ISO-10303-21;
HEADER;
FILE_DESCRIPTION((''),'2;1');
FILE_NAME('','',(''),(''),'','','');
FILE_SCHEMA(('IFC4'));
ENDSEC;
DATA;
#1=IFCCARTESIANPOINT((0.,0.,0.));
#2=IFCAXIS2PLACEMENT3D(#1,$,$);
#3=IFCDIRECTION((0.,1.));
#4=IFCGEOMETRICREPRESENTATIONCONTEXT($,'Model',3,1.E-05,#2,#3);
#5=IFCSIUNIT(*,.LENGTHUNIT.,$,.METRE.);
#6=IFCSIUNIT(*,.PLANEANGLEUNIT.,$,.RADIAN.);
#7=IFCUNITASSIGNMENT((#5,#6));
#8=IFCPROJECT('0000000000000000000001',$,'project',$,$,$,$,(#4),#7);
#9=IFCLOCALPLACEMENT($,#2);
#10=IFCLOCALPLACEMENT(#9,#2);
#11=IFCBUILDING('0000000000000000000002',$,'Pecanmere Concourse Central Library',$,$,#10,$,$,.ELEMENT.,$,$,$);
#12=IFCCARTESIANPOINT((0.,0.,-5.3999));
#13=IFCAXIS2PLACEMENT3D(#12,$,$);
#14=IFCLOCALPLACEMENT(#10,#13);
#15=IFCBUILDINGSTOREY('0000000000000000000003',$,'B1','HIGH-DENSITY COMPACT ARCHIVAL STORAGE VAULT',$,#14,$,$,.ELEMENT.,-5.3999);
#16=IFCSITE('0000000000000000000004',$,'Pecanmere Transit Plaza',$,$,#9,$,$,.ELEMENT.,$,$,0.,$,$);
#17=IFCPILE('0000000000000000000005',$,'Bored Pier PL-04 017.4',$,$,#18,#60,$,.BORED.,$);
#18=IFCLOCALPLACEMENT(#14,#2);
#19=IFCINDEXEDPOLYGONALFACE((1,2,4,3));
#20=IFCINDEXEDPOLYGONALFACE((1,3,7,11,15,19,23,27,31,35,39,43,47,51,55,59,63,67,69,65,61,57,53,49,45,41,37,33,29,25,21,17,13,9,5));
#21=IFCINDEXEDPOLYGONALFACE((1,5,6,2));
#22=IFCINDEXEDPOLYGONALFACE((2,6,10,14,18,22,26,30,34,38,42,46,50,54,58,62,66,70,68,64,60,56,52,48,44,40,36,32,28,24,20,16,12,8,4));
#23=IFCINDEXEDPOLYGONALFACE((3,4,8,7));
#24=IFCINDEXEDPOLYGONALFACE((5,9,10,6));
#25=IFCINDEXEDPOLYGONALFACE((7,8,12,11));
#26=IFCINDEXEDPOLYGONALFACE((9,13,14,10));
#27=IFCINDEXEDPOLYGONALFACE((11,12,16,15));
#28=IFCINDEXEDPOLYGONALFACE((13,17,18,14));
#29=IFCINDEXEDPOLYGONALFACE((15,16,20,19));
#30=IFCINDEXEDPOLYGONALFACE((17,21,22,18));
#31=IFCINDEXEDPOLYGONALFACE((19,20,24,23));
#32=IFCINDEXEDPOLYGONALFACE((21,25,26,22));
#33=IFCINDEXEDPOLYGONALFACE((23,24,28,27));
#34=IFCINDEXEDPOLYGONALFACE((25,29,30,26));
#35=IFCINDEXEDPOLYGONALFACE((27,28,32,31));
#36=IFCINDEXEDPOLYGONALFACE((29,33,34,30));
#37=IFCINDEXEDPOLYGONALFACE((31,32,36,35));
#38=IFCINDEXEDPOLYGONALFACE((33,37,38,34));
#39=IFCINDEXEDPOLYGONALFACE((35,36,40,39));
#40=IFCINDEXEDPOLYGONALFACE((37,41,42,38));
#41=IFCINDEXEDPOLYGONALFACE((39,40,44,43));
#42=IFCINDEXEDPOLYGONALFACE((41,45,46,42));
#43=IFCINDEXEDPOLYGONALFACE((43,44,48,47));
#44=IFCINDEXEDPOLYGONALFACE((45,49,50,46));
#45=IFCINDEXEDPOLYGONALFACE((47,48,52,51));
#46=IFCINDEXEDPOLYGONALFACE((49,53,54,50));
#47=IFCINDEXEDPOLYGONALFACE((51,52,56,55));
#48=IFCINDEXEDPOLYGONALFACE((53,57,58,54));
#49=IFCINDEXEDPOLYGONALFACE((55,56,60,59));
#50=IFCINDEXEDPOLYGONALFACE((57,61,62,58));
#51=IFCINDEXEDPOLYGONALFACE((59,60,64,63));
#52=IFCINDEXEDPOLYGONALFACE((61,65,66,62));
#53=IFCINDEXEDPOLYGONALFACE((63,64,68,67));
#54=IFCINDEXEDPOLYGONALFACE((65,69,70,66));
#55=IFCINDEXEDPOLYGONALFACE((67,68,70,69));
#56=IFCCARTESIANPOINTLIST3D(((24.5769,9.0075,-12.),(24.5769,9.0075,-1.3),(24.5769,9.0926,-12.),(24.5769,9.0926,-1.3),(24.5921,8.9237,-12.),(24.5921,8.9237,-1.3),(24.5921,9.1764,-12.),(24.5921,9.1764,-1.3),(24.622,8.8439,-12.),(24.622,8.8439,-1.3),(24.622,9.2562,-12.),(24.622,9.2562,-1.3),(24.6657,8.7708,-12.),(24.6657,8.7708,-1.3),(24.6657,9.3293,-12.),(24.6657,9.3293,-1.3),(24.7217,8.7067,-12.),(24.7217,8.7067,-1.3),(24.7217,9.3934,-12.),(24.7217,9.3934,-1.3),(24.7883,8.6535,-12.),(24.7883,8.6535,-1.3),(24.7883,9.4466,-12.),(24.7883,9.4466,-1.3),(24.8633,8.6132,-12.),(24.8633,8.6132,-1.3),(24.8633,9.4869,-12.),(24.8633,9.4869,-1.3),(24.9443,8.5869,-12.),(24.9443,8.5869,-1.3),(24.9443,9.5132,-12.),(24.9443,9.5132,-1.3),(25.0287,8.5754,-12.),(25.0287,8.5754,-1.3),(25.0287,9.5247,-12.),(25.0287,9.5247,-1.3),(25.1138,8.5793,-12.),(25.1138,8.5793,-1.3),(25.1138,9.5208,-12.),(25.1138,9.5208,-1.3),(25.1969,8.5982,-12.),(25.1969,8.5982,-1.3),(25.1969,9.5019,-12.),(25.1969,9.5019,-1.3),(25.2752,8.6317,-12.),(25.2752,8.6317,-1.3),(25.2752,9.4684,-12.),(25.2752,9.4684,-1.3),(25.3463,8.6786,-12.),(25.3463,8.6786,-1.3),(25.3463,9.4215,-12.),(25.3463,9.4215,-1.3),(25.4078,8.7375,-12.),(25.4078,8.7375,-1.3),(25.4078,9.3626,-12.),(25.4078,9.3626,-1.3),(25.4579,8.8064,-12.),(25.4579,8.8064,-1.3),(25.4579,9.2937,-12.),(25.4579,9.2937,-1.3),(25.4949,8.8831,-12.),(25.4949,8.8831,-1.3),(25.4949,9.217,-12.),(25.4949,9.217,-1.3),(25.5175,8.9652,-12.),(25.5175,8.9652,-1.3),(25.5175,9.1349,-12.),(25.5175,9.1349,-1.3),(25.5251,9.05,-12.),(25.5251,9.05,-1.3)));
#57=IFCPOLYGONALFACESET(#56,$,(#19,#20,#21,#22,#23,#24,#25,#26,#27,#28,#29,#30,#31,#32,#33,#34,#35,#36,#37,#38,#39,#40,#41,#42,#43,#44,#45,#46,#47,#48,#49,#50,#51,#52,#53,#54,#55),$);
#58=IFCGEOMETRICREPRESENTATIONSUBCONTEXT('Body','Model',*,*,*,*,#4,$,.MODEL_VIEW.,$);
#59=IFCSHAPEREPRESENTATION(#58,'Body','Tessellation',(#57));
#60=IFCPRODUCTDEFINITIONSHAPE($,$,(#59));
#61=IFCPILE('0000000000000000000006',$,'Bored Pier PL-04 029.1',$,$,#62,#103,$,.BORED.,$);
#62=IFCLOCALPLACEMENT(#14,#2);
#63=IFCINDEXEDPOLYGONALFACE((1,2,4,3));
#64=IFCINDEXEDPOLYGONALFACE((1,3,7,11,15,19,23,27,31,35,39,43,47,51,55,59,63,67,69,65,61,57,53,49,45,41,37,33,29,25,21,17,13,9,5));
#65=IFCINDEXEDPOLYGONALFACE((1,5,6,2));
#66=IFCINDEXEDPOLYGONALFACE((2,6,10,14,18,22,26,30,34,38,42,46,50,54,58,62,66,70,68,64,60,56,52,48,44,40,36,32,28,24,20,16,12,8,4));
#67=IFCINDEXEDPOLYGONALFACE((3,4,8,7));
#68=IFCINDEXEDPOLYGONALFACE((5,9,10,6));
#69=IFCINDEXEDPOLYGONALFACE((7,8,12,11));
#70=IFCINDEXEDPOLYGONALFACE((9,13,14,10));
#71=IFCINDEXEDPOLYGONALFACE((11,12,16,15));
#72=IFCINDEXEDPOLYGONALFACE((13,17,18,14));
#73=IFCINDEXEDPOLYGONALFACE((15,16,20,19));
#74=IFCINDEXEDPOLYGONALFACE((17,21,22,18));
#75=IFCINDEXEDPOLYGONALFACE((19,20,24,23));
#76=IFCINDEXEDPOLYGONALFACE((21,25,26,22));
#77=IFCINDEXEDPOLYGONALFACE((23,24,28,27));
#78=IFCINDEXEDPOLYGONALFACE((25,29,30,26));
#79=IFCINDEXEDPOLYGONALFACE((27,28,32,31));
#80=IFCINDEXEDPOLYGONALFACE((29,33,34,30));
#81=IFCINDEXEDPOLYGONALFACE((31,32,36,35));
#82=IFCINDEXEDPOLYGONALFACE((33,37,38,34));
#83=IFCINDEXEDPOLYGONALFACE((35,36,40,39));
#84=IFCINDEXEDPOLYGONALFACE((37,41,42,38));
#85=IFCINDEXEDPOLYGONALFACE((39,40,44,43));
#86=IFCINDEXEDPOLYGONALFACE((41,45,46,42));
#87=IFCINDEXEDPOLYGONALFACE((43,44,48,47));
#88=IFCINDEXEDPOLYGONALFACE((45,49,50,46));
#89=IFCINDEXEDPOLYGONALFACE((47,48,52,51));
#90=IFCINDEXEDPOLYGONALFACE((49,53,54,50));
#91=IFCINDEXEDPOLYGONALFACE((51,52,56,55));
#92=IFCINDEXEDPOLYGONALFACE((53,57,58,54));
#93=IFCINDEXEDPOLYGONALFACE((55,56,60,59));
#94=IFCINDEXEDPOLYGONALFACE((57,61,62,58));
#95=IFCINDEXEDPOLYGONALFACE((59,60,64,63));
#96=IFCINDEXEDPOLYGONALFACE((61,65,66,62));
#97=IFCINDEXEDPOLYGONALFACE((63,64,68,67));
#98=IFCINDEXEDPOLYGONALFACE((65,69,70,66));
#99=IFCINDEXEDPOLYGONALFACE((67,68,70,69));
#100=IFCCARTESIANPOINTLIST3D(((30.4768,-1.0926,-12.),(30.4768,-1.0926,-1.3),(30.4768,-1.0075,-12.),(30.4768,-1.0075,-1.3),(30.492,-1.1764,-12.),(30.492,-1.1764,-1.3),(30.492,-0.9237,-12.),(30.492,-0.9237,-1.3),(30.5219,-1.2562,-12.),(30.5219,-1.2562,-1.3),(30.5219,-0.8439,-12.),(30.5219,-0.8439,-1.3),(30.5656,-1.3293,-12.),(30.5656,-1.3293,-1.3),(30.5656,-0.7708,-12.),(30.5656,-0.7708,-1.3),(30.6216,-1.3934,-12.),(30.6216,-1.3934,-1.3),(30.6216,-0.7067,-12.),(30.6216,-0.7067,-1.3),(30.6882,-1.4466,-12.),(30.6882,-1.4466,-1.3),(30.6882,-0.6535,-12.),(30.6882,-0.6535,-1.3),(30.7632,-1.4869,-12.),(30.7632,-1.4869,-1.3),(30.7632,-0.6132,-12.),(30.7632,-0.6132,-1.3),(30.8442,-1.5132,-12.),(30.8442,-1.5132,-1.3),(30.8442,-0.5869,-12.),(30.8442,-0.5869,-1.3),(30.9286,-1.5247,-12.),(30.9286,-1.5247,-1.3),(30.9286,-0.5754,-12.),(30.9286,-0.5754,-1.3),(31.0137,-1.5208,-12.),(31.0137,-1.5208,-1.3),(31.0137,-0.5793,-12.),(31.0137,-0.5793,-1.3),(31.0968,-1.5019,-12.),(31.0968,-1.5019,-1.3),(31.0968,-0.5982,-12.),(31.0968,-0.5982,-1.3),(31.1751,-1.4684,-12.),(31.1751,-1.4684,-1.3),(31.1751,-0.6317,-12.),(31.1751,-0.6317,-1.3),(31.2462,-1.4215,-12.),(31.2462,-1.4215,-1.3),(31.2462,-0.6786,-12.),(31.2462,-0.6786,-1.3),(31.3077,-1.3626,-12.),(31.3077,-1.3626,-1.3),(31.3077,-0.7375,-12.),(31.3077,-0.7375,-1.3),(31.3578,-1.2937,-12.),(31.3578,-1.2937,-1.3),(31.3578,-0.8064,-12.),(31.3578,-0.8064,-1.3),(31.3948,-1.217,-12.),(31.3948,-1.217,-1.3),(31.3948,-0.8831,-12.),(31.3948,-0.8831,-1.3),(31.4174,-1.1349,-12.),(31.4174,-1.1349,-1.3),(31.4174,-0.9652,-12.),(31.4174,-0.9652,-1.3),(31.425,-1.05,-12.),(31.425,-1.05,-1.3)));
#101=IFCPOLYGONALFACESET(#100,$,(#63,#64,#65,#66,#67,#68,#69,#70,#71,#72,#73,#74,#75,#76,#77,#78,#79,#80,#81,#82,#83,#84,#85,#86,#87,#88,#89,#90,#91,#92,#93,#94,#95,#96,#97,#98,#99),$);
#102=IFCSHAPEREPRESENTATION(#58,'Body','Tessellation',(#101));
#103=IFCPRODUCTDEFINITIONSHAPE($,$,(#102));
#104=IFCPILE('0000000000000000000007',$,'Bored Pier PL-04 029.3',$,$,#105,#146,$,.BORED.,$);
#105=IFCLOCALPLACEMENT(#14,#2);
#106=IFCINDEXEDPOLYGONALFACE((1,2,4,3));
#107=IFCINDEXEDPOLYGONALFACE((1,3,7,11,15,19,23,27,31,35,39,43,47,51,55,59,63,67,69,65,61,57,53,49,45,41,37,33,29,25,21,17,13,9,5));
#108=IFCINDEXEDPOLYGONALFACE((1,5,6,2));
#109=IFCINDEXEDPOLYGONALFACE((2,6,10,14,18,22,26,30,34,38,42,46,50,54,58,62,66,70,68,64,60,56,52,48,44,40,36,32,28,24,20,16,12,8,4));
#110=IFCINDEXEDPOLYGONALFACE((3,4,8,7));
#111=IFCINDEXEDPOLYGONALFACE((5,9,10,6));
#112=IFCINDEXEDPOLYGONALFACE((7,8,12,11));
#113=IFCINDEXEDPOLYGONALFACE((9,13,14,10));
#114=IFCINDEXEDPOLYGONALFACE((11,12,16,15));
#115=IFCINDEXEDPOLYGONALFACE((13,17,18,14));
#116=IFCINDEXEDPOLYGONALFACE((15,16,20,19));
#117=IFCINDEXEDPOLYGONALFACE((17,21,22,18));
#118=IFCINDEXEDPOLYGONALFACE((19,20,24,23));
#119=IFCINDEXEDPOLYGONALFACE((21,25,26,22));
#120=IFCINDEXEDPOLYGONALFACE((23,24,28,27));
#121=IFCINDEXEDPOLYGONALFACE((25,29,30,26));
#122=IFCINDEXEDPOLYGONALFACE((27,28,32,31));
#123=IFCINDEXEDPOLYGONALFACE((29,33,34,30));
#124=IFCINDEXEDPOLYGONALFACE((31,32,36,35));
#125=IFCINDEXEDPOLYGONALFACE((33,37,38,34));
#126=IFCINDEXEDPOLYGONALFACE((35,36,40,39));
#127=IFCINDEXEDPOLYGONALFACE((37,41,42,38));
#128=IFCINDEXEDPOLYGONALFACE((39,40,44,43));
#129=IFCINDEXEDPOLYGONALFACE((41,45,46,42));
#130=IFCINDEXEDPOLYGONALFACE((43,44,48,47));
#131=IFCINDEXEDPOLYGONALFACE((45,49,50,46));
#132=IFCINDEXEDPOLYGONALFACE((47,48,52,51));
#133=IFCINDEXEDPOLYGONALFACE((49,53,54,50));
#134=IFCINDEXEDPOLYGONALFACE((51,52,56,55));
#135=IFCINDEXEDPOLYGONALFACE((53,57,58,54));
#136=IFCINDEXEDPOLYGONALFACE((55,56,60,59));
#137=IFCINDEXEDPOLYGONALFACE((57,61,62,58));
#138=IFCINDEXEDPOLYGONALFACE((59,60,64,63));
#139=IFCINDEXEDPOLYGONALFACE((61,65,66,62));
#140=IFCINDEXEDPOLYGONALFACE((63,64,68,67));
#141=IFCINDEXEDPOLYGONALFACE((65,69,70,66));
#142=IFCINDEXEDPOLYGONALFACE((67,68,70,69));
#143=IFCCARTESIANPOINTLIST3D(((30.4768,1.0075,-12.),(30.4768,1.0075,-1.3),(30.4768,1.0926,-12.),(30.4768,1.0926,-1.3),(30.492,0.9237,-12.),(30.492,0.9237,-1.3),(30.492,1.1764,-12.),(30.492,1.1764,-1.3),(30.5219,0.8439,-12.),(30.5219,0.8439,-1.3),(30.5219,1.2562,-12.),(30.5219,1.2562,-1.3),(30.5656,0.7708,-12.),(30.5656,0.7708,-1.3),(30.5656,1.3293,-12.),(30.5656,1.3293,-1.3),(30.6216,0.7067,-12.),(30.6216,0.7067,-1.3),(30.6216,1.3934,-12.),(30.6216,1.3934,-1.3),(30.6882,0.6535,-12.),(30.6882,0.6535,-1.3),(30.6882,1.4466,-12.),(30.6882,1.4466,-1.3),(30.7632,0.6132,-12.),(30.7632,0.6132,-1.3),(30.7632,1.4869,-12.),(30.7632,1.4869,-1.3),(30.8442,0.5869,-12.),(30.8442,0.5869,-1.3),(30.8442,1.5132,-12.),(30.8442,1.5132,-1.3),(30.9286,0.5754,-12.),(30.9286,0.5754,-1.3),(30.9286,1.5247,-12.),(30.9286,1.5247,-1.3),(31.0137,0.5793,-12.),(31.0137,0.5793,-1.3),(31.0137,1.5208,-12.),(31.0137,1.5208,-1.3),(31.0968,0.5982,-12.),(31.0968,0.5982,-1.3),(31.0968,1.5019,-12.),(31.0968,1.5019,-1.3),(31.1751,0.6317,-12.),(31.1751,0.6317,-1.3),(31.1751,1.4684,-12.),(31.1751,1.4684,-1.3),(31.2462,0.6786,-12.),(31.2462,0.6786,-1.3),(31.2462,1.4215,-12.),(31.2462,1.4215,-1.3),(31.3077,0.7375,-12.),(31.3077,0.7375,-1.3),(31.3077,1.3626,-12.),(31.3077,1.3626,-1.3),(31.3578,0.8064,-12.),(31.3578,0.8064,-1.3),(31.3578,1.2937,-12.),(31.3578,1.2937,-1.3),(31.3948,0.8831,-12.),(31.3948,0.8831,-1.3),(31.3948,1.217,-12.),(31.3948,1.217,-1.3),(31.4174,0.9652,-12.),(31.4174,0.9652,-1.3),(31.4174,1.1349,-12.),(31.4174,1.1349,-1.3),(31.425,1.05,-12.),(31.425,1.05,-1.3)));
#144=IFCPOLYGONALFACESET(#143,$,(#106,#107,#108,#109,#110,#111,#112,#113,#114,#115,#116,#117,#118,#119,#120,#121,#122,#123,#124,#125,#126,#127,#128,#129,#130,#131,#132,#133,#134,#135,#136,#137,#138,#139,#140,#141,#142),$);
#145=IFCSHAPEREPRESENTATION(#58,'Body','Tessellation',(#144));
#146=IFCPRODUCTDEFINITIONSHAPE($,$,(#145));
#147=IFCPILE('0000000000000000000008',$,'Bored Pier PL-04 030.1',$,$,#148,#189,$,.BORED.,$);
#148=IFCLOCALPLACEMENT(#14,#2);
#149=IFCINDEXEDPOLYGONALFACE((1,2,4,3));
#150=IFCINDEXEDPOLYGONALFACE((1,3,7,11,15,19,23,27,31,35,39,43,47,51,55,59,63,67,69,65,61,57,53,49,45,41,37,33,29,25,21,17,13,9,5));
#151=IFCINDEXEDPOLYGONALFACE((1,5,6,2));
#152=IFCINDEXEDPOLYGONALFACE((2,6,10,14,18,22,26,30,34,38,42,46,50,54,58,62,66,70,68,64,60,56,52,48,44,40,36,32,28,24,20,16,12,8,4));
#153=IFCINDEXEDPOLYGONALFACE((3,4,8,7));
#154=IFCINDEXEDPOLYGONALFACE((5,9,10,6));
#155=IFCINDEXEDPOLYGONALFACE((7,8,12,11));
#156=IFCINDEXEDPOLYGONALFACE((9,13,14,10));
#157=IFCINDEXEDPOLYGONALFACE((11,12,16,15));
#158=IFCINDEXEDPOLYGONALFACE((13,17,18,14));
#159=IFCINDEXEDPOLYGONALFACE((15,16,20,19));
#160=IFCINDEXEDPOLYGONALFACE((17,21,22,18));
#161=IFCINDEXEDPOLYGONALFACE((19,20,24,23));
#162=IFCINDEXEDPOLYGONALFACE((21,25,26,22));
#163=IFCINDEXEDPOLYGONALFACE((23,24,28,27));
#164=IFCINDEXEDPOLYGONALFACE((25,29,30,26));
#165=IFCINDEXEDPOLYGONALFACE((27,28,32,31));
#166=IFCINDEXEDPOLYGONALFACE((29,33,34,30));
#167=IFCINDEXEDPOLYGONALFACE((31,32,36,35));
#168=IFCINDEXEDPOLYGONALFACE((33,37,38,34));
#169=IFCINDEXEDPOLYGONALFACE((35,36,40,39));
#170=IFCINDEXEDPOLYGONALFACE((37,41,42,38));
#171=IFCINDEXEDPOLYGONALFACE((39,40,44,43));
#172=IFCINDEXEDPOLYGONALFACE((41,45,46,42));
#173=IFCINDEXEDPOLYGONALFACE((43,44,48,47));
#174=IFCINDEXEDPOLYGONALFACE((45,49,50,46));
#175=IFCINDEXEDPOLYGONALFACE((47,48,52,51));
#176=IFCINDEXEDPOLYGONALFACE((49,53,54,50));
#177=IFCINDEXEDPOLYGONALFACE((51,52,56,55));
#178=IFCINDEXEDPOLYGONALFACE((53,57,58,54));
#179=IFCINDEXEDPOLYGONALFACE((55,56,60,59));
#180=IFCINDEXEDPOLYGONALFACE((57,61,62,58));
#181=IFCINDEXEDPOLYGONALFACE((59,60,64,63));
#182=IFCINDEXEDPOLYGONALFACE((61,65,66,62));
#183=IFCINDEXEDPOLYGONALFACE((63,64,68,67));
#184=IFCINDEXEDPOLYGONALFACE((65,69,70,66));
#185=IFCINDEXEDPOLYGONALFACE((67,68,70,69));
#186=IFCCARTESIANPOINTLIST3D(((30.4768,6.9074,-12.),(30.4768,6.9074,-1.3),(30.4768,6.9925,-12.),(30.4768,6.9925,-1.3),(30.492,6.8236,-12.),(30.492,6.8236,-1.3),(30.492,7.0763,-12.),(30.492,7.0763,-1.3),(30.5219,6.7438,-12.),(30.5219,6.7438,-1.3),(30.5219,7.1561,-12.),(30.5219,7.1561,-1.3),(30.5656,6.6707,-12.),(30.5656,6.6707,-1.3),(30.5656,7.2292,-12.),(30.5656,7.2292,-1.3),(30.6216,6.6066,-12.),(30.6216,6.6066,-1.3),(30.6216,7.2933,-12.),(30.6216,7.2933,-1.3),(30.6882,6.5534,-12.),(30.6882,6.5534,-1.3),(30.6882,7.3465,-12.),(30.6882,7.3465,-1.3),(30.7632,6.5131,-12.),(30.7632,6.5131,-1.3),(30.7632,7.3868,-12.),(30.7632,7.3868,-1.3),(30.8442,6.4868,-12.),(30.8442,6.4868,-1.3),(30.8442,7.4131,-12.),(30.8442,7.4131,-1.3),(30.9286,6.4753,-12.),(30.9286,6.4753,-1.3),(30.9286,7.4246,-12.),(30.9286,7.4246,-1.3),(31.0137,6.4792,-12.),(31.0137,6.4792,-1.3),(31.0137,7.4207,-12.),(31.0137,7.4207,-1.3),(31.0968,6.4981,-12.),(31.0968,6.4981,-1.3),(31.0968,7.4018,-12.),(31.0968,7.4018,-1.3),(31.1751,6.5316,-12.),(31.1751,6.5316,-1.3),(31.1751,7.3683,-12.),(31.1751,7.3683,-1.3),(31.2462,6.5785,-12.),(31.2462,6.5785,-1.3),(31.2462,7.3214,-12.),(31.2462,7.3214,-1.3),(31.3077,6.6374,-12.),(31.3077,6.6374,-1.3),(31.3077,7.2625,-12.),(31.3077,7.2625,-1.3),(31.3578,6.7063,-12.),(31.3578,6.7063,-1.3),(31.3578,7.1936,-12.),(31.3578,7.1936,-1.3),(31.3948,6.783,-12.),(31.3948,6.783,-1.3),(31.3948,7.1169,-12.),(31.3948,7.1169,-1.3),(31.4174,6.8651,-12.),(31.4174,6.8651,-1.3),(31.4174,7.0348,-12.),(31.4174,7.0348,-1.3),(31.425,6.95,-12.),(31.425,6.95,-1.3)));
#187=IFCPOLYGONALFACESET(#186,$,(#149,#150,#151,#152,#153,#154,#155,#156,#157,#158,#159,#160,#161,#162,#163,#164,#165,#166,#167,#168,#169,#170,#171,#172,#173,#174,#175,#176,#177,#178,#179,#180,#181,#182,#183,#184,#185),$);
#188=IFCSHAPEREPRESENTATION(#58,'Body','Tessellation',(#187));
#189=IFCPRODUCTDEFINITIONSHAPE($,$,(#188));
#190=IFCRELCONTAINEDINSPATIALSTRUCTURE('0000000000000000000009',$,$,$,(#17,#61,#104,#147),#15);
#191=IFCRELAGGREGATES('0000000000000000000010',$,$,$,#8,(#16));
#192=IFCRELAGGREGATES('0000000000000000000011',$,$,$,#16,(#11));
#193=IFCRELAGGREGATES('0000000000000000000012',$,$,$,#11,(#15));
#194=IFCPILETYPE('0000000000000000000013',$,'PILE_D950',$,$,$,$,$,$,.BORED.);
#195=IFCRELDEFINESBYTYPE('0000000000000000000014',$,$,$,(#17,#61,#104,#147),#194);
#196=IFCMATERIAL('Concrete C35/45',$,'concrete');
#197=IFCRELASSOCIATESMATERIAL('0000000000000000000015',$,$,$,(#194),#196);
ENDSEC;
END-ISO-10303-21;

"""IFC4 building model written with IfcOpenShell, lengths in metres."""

from ifc_helpers import new_model, si_unit, direction, frame, origin, origin_2d, place, context, subcontext, project, spatial, circle, extrude, material, material_profile, profile_set, type_object, element, save


model = new_model("IFC4")

# Units and contexts
model_context = context("Model", 3, precision=1e-05, world=origin(), true_north=direction((0.0, 1.0)))
body_context = subcontext(model_context, "Body", "Model", "MODEL_VIEW")
ifc_project = project(units=[si_unit("LENGTHUNIT", "METRE"), si_unit("PLANEANGLEUNIT", "RADIAN")], contexts=[model_context])

# Site, building, storey
site_placement = place(None, origin())
site = spatial("IfcSite", under=ifc_project, at=site_placement, Name="Pecanmere Transit Plaza", CompositionType="ELEMENT", RefElevation=0.0)
building_placement = place(site_placement, origin())
building = spatial("IfcBuilding", under=site, at=building_placement, Name="Pecanmere Concourse Central Library", CompositionType="ELEMENT")
storey_placement = place(building_placement, frame((0.0, 0.0, -5.3999)))
storey = spatial("IfcBuildingStorey", under=building, at=storey_placement, Name="B1", Description="HIGH-DENSITY COMPACT ARCHIVAL STORAGE VAULT", CompositionType="ELEMENT", Elevation=-5.3999)

# Piles
ifc_material_1 = material(Name="Concrete C35/45", Category="concrete")
ifc_material_profile_1 = material_profile(ifc_material_1, circle(Radius=0.4751, at=origin_2d()), Name="PIER D950")
ifc_profile_set_1 = profile_set([ifc_material_profile_1], Name="Concrete C35/45")
pile_type = type_object("IfcPileType", Name="PILE_D950", PredefinedType="BORED", material=ifc_profile_set_1)
for number, where, z_axis, x_axis, name in (
    (1, (25.05, 9.05, -1.3), (0.0, 0.0, -1.0), (1.0, 0.0, 0.0), "Bored Pier PL-04 017.4"),
    (2, (30.95, -1.05, -1.3), (0.0, 0.0, -1.0), (1.0, 0.0, 0.0), "Bored Pier PL-04 029.1"),
    (3, (30.95, 1.05, -1.3), (0.0, 0.0, -1.0), (1.0, 0.0, 0.0), "Bored Pier PL-04 029.3"),
    (4, (30.95, 6.95, -1.3), (0.0, 0.0, -1.0), (1.0, 0.0, 0.0), "Bored Pier PL-04 030.1"),
):
    element("IfcPile", number, at=place(storey_placement, frame(where, z_axis=z_axis, x_axis=x_axis)), inside=storey, type_object=pile_type, Name=name, PredefinedType="BORED", context=body_context, shape_type="SweptSolid", body=[
        extrude(circle(Radius=0.4751, at=origin_2d()), origin(), (0.0, 0.0, 1.0), 10.7),
    ])

save(model, "model.ifc")
